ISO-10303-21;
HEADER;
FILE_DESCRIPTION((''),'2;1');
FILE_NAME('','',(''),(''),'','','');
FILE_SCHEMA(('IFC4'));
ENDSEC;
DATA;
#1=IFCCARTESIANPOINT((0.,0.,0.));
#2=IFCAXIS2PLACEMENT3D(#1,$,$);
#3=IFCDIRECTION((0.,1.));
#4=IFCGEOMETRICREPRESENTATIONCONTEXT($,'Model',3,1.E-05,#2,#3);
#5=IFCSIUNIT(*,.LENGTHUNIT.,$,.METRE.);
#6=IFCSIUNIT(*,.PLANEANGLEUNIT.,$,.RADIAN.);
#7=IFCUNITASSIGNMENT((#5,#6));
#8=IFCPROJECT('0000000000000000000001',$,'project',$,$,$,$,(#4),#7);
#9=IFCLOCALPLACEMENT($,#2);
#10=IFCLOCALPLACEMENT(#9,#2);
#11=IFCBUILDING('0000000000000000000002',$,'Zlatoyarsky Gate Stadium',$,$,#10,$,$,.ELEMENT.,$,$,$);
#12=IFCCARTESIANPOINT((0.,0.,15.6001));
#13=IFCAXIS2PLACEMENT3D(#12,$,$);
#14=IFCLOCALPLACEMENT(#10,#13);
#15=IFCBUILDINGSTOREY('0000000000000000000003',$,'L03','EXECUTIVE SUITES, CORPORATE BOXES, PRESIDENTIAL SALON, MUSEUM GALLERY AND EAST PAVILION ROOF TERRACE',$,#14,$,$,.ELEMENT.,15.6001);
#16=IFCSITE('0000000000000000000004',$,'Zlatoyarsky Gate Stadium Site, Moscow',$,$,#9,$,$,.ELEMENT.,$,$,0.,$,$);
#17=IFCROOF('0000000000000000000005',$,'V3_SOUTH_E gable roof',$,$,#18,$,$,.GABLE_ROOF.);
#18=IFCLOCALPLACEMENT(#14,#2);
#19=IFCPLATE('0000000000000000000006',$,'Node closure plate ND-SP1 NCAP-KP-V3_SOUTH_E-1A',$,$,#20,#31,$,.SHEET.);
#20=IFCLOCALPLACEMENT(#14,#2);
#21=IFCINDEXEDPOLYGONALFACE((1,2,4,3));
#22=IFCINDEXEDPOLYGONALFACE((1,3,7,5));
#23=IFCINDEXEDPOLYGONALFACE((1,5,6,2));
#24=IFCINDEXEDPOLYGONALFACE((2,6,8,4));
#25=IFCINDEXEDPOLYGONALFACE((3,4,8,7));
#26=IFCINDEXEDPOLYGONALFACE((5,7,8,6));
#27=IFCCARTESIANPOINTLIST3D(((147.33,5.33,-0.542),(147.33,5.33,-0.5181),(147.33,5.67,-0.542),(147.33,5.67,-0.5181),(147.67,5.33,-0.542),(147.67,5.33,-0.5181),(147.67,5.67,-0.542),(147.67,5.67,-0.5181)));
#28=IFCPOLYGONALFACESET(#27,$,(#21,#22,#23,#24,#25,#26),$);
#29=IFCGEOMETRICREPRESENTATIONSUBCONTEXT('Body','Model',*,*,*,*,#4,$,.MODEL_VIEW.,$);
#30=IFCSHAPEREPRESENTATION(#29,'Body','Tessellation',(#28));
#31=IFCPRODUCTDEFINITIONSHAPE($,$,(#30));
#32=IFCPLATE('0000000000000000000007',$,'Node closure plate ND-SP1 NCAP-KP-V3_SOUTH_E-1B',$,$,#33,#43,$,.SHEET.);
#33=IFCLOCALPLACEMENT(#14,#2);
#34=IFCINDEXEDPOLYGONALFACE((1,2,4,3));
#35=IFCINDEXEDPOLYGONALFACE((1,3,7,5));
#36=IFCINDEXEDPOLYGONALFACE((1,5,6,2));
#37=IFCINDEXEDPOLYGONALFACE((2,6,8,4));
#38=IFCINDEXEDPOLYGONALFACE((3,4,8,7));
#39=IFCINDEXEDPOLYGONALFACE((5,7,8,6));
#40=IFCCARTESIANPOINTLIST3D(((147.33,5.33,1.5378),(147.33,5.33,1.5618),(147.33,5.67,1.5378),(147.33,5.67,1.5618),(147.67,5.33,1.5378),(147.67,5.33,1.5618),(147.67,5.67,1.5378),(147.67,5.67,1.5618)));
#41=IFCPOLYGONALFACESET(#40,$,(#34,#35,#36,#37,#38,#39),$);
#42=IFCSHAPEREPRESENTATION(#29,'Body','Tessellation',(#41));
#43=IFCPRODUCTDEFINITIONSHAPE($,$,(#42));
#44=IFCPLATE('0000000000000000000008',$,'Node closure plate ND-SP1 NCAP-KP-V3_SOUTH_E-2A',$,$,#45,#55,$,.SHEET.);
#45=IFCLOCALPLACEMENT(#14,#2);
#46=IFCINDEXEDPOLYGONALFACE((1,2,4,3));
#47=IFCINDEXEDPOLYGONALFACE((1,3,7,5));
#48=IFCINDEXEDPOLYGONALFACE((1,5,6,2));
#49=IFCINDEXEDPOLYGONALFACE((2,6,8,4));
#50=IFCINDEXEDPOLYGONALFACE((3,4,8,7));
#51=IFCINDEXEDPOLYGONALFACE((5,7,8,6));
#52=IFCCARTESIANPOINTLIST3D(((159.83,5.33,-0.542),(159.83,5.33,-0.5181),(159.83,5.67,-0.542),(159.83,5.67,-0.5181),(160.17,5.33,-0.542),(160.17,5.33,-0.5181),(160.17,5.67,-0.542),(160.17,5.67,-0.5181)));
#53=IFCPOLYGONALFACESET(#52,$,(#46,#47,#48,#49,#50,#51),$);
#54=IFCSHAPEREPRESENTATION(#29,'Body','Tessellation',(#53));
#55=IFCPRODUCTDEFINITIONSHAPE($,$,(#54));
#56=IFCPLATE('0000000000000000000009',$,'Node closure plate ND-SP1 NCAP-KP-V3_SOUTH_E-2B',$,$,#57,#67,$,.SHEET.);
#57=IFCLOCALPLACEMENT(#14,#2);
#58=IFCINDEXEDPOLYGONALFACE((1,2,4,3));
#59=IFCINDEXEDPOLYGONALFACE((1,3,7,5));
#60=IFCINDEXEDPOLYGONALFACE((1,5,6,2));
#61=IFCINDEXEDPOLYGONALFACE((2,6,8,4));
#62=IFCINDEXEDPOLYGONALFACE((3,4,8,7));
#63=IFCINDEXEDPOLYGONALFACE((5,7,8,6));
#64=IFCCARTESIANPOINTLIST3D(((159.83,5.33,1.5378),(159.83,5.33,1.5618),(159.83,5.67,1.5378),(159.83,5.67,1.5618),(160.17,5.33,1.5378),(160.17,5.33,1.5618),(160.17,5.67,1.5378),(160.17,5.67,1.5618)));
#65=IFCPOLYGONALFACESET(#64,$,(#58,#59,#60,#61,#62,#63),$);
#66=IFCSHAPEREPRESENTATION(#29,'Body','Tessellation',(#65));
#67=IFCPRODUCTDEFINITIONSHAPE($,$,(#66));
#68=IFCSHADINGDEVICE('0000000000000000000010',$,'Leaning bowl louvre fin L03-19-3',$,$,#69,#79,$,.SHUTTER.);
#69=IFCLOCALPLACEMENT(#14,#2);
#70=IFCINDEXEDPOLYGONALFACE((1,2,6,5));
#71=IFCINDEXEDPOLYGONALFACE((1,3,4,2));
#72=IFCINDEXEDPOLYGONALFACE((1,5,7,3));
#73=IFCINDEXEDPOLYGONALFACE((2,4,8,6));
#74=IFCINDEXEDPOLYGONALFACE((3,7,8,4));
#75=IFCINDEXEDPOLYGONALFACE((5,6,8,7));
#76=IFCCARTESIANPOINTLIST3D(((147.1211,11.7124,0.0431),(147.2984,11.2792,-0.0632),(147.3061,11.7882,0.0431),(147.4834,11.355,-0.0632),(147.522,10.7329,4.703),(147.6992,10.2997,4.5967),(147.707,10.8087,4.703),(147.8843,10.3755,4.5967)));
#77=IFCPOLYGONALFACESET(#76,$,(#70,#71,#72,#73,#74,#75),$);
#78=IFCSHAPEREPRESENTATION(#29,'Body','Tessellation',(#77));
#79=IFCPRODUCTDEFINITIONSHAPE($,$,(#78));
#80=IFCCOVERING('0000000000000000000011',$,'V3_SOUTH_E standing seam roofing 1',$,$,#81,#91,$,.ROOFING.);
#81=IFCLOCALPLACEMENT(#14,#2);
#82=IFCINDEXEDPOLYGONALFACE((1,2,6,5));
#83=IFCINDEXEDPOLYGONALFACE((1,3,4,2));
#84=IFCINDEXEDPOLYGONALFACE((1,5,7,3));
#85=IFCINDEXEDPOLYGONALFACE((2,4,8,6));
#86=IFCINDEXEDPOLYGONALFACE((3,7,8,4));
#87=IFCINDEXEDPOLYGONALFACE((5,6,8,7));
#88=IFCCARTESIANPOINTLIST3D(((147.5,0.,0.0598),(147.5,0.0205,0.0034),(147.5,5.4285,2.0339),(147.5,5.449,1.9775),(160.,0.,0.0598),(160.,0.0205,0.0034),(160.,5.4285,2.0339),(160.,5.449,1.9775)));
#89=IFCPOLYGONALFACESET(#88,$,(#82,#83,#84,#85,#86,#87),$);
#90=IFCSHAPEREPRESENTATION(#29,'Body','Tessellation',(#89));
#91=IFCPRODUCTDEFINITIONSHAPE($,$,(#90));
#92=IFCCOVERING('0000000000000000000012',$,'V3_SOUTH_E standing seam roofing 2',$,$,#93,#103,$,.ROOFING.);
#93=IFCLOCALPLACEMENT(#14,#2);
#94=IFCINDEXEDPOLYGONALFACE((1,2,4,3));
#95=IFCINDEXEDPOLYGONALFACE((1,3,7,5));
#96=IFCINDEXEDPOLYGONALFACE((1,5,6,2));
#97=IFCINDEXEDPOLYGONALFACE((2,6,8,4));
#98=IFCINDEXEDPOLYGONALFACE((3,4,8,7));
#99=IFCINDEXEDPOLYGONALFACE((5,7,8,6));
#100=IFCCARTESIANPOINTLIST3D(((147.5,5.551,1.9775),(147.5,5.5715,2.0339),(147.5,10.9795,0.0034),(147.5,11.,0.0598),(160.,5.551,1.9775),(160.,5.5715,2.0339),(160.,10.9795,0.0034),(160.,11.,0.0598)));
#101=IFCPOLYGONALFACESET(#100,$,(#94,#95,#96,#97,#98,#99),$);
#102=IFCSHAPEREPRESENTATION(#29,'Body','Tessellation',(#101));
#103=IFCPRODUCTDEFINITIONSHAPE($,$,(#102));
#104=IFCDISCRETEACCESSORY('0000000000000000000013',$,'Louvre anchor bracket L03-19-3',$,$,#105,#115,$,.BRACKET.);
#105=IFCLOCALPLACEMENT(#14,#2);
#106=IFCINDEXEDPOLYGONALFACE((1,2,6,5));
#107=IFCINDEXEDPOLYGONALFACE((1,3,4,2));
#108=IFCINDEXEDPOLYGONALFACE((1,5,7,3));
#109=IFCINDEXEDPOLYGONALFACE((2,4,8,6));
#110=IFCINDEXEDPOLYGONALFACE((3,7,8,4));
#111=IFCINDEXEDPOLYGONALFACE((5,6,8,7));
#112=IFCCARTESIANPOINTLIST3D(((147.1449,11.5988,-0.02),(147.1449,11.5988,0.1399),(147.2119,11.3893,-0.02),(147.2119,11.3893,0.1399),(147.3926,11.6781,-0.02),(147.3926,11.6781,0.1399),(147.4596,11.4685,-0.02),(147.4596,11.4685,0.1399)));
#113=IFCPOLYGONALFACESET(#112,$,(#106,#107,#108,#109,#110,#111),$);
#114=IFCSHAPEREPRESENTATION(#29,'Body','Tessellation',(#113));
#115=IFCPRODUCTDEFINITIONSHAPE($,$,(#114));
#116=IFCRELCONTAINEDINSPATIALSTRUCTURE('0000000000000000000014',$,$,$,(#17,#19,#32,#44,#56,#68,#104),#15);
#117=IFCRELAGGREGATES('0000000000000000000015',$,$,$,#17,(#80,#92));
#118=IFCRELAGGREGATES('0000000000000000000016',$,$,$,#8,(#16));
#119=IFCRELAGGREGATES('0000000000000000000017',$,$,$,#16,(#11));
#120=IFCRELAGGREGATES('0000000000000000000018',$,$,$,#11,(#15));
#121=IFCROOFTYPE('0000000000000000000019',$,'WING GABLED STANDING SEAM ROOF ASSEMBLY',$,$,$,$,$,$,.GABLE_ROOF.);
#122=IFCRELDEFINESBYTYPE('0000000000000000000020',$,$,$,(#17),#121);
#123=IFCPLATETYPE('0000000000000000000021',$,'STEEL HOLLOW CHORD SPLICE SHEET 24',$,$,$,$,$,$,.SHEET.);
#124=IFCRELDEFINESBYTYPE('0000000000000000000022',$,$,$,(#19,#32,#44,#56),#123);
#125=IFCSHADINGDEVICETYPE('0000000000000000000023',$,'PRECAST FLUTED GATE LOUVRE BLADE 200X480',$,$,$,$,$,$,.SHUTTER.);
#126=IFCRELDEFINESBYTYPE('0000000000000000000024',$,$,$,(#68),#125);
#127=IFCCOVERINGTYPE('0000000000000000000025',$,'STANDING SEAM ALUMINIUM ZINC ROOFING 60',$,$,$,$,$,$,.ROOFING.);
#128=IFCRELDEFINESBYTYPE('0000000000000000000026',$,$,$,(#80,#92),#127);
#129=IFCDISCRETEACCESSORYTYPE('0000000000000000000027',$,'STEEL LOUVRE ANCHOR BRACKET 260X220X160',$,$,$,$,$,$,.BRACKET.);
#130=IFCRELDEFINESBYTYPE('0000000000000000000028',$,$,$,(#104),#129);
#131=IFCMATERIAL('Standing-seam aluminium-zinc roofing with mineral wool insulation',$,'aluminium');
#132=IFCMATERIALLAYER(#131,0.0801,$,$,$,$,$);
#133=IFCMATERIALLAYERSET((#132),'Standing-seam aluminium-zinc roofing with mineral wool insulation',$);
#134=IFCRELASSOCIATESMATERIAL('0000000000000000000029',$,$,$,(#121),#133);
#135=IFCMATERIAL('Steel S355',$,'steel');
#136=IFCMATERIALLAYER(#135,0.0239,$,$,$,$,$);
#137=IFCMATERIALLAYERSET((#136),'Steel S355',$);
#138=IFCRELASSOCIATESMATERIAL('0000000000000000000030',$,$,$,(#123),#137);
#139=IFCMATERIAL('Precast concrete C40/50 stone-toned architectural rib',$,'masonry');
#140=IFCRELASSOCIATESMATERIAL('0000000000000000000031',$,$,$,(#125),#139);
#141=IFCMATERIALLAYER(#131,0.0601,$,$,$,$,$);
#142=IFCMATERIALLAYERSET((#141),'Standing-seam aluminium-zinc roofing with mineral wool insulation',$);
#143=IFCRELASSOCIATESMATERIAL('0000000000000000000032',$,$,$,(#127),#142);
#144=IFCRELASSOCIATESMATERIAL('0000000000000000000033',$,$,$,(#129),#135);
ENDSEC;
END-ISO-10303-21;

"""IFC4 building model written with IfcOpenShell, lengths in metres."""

from ifc_helpers import new_model, si_unit, direction, frame, origin, origin_2d, place, context, subcontext, project, spatial, polyline, rectangle, outline, extrude, material, layer, layer_set, material_profile, profile_set, type_object, element, aggregate, save


model = new_model("IFC4")

# Units and contexts
model_context = context("Model", 3, precision=1e-05, world=origin(), true_north=direction((0.0, 1.0)))
body_context = subcontext(model_context, "Body", "Model", "MODEL_VIEW")
ifc_project = project(units=[si_unit("LENGTHUNIT", "METRE"), si_unit("PLANEANGLEUNIT", "RADIAN")], contexts=[model_context])

# Site, building, storey
site_placement = place(None, origin())
site = spatial("IfcSite", under=ifc_project, at=site_placement, Name="Zlatoyarsky Gate Stadium Site, Moscow", CompositionType="ELEMENT", RefElevation=0.0)
building_placement = place(site_placement, origin())
building = spatial("IfcBuilding", under=site, at=building_placement, Name="Zlatoyarsky Gate Stadium", CompositionType="ELEMENT")
storey_placement = place(building_placement, frame((0.0, 0.0, 15.6001)))
storey = spatial("IfcBuildingStorey", under=building, at=storey_placement, Name="L03", Description="EXECUTIVE SUITES, CORPORATE BOXES, PRESIDENTIAL SALON, MUSEUM GALLERY AND EAST PAVILION ROOF TERRACE", CompositionType="ELEMENT", Elevation=15.6001)

# Shared definitions
ifc_material_1 = material(Name="Steel S355", Category="steel")

# Roof
ifc_material_2 = material(Name="Standing-seam aluminium-zinc roofing with mineral wool insulation", Category="aluminium")
ifc_layer_1 = layer(ifc_material_2, 0.0801)
ifc_layer_set_1 = layer_set([ifc_layer_1], Name="Standing-seam aluminium-zinc roofing with mineral wool insulation")
roof_type = type_object("IfcRoofType", Name="WING GABLED STANDING SEAM ROOF ASSEMBLY", PredefinedType="GABLE_ROOF", material=ifc_layer_set_1)
roof_placement = place(storey_placement, origin())
roof = element("IfcRoof", 1, at=roof_placement, inside=storey, type_object=roof_type, Name="V3_SOUTH_E gable roof", PredefinedType="GABLE_ROOF")

# Plates
ifc_layer_2 = layer(ifc_material_1, 0.0239)
ifc_layer_set_2 = layer_set([ifc_layer_2], Name="Steel S355")
plate_type = type_object("IfcPlateType", Name="STEEL HOLLOW CHORD SPLICE SHEET 24", PredefinedType="SHEET", material=ifc_layer_set_2)
for number, where, z_axis, x_axis, name in (
    (2, (147.5, 5.5, -0.542), (0.0, 0.0, 1.0), (1.0, 0.0, 0.0), "Node closure plate ND-SP1 NCAP-KP-V3_SOUTH_E-1A"),
    (3, (147.5, 5.5, 1.5378), (0.0, 0.0, 1.0), (1.0, 0.0, 0.0), "Node closure plate ND-SP1 NCAP-KP-V3_SOUTH_E-1B"),
    (4, (160.0, 5.5, -0.542), (0.0, 0.0, 1.0), (1.0, 0.0, 0.0), "Node closure plate ND-SP1 NCAP-KP-V3_SOUTH_E-2A"),
    (5, (160.0, 5.5, 1.5378), (0.0, 0.0, 1.0), (1.0, 0.0, 0.0), "Node closure plate ND-SP1 NCAP-KP-V3_SOUTH_E-2B"),
):
    element("IfcPlate", number, at=place(storey_placement, frame(where, z_axis=z_axis, x_axis=x_axis)), inside=storey, type_object=plate_type, Name=name, PredefinedType="SHEET", context=body_context, shape_type="SweptSolid", body=[
        extrude(rectangle(XDim=0.3401, YDim=0.3401, at=origin_2d()), origin(), (0.0, 0.0, 1.0), 0.0239),
    ])

# Shading device
ifc_material_3 = material(Name="Precast concrete C40/50 stone-toned architectural rib", Category="masonry")
ifc_material_profile_1 = material_profile(ifc_material_3, rectangle(XDim=0.2, YDim=0.48, at=origin_2d()), Name="RIB 200X480")
ifc_profile_set_1 = profile_set([ifc_material_profile_1], Name="Precast concrete C40/50 stone-toned architectural rib")
shading_device_type = type_object("IfcShadingDeviceType", Name="PRECAST FLUTED GATE LOUVRE BLADE 200X480", PredefinedType="SHUTTER", material=ifc_profile_set_1)
shading_device_placement = place(storey_placement, frame((147.3022, 11.5337, -0.01), z_axis=(0.083891, -0.204975, 0.975165), x_axis=(0.925488, 0.378777, 0.0)))
element("IfcShadingDevice", 6, at=shading_device_placement, inside=storey, type_object=shading_device_type, Name="Leaning bowl louvre fin L03-19-3", PredefinedType="SHUTTER", context=body_context, shape_type="SweptSolid", body=[
    extrude(rectangle(XDim=0.2, YDim=0.48, at=origin_2d()), origin(), (0.0, 0.0, 1.0), 4.7786),
])

# Coverings
ifc_layer_3 = layer(ifc_material_2, 0.0601)
ifc_layer_set_3 = layer_set([ifc_layer_3], Name="Standing-seam aluminium-zinc roofing with mineral wool insulation")
covering_type = type_object("IfcCoveringType", Name="STANDING SEAM ALUMINIUM ZINC ROOFING 60", PredefinedType="ROOFING", material=ifc_layer_set_3)
covering_1_placement = place(storey_placement, frame((147.5, 0.0, 0.0598), z_axis=(0.0, -0.341763, 0.939786), x_axis=(1.0, 0.0, 0.0)))
covering_1 = element("IfcCovering", 7, at=covering_1_placement, type_object=covering_type, Name="V3_SOUTH_E standing seam roofing 1", PredefinedType="ROOFING", context=body_context, shape_type="SweptSolid", body=[
    extrude(outline(polyline([(0.0, 0.0), (12.5, 0.0), (12.5, 5.7763), (0.0, 5.7763), (0.0, 0.0)])), origin(), (0.0, 0.0, -1.0), 0.0601),
])
covering_2_placement = place(storey_placement, frame((160.0, 11.0, 0.0598), z_axis=(0.0, 0.341763, 0.939786), x_axis=(-1.0, 0.0, 0.0)))
covering_2 = element("IfcCovering", 8, at=covering_2_placement, type_object=covering_type, Name="V3_SOUTH_E standing seam roofing 2", PredefinedType="ROOFING", context=body_context, shape_type="SweptSolid", body=[
    extrude(outline(polyline([(0.0, 0.0), (12.5, 0.0), (12.5, 5.7763), (0.0, 5.7763), (0.0, 0.0)])), origin(), (0.0, 0.0, -1.0), 0.0601),
])
aggregate(roof, [covering_1, covering_2])

# Discrete accessory
discrete_accessory_type = type_object("IfcDiscreteAccessoryType", Name="STEEL LOUVRE ANCHOR BRACKET 260X220X160", PredefinedType="BRACKET", material=ifc_material_1)
discrete_accessory_placement = place(storey_placement, frame((147.3022, 11.5337, -0.02), z_axis=(0.0, 0.0, 1.0), x_axis=(0.952451, 0.304691, 0.0)))
element("IfcDiscreteAccessory", 9, at=discrete_accessory_placement, inside=storey, type_object=discrete_accessory_type, Name="Louvre anchor bracket L03-19-3", PredefinedType="BRACKET", context=body_context, shape_type="SweptSolid", body=[
    extrude(rectangle(XDim=0.26, YDim=0.22, at=origin_2d()), origin(), (0.0, 0.0, 1.0), 0.1599),
])

save(model, "model.ifc")
